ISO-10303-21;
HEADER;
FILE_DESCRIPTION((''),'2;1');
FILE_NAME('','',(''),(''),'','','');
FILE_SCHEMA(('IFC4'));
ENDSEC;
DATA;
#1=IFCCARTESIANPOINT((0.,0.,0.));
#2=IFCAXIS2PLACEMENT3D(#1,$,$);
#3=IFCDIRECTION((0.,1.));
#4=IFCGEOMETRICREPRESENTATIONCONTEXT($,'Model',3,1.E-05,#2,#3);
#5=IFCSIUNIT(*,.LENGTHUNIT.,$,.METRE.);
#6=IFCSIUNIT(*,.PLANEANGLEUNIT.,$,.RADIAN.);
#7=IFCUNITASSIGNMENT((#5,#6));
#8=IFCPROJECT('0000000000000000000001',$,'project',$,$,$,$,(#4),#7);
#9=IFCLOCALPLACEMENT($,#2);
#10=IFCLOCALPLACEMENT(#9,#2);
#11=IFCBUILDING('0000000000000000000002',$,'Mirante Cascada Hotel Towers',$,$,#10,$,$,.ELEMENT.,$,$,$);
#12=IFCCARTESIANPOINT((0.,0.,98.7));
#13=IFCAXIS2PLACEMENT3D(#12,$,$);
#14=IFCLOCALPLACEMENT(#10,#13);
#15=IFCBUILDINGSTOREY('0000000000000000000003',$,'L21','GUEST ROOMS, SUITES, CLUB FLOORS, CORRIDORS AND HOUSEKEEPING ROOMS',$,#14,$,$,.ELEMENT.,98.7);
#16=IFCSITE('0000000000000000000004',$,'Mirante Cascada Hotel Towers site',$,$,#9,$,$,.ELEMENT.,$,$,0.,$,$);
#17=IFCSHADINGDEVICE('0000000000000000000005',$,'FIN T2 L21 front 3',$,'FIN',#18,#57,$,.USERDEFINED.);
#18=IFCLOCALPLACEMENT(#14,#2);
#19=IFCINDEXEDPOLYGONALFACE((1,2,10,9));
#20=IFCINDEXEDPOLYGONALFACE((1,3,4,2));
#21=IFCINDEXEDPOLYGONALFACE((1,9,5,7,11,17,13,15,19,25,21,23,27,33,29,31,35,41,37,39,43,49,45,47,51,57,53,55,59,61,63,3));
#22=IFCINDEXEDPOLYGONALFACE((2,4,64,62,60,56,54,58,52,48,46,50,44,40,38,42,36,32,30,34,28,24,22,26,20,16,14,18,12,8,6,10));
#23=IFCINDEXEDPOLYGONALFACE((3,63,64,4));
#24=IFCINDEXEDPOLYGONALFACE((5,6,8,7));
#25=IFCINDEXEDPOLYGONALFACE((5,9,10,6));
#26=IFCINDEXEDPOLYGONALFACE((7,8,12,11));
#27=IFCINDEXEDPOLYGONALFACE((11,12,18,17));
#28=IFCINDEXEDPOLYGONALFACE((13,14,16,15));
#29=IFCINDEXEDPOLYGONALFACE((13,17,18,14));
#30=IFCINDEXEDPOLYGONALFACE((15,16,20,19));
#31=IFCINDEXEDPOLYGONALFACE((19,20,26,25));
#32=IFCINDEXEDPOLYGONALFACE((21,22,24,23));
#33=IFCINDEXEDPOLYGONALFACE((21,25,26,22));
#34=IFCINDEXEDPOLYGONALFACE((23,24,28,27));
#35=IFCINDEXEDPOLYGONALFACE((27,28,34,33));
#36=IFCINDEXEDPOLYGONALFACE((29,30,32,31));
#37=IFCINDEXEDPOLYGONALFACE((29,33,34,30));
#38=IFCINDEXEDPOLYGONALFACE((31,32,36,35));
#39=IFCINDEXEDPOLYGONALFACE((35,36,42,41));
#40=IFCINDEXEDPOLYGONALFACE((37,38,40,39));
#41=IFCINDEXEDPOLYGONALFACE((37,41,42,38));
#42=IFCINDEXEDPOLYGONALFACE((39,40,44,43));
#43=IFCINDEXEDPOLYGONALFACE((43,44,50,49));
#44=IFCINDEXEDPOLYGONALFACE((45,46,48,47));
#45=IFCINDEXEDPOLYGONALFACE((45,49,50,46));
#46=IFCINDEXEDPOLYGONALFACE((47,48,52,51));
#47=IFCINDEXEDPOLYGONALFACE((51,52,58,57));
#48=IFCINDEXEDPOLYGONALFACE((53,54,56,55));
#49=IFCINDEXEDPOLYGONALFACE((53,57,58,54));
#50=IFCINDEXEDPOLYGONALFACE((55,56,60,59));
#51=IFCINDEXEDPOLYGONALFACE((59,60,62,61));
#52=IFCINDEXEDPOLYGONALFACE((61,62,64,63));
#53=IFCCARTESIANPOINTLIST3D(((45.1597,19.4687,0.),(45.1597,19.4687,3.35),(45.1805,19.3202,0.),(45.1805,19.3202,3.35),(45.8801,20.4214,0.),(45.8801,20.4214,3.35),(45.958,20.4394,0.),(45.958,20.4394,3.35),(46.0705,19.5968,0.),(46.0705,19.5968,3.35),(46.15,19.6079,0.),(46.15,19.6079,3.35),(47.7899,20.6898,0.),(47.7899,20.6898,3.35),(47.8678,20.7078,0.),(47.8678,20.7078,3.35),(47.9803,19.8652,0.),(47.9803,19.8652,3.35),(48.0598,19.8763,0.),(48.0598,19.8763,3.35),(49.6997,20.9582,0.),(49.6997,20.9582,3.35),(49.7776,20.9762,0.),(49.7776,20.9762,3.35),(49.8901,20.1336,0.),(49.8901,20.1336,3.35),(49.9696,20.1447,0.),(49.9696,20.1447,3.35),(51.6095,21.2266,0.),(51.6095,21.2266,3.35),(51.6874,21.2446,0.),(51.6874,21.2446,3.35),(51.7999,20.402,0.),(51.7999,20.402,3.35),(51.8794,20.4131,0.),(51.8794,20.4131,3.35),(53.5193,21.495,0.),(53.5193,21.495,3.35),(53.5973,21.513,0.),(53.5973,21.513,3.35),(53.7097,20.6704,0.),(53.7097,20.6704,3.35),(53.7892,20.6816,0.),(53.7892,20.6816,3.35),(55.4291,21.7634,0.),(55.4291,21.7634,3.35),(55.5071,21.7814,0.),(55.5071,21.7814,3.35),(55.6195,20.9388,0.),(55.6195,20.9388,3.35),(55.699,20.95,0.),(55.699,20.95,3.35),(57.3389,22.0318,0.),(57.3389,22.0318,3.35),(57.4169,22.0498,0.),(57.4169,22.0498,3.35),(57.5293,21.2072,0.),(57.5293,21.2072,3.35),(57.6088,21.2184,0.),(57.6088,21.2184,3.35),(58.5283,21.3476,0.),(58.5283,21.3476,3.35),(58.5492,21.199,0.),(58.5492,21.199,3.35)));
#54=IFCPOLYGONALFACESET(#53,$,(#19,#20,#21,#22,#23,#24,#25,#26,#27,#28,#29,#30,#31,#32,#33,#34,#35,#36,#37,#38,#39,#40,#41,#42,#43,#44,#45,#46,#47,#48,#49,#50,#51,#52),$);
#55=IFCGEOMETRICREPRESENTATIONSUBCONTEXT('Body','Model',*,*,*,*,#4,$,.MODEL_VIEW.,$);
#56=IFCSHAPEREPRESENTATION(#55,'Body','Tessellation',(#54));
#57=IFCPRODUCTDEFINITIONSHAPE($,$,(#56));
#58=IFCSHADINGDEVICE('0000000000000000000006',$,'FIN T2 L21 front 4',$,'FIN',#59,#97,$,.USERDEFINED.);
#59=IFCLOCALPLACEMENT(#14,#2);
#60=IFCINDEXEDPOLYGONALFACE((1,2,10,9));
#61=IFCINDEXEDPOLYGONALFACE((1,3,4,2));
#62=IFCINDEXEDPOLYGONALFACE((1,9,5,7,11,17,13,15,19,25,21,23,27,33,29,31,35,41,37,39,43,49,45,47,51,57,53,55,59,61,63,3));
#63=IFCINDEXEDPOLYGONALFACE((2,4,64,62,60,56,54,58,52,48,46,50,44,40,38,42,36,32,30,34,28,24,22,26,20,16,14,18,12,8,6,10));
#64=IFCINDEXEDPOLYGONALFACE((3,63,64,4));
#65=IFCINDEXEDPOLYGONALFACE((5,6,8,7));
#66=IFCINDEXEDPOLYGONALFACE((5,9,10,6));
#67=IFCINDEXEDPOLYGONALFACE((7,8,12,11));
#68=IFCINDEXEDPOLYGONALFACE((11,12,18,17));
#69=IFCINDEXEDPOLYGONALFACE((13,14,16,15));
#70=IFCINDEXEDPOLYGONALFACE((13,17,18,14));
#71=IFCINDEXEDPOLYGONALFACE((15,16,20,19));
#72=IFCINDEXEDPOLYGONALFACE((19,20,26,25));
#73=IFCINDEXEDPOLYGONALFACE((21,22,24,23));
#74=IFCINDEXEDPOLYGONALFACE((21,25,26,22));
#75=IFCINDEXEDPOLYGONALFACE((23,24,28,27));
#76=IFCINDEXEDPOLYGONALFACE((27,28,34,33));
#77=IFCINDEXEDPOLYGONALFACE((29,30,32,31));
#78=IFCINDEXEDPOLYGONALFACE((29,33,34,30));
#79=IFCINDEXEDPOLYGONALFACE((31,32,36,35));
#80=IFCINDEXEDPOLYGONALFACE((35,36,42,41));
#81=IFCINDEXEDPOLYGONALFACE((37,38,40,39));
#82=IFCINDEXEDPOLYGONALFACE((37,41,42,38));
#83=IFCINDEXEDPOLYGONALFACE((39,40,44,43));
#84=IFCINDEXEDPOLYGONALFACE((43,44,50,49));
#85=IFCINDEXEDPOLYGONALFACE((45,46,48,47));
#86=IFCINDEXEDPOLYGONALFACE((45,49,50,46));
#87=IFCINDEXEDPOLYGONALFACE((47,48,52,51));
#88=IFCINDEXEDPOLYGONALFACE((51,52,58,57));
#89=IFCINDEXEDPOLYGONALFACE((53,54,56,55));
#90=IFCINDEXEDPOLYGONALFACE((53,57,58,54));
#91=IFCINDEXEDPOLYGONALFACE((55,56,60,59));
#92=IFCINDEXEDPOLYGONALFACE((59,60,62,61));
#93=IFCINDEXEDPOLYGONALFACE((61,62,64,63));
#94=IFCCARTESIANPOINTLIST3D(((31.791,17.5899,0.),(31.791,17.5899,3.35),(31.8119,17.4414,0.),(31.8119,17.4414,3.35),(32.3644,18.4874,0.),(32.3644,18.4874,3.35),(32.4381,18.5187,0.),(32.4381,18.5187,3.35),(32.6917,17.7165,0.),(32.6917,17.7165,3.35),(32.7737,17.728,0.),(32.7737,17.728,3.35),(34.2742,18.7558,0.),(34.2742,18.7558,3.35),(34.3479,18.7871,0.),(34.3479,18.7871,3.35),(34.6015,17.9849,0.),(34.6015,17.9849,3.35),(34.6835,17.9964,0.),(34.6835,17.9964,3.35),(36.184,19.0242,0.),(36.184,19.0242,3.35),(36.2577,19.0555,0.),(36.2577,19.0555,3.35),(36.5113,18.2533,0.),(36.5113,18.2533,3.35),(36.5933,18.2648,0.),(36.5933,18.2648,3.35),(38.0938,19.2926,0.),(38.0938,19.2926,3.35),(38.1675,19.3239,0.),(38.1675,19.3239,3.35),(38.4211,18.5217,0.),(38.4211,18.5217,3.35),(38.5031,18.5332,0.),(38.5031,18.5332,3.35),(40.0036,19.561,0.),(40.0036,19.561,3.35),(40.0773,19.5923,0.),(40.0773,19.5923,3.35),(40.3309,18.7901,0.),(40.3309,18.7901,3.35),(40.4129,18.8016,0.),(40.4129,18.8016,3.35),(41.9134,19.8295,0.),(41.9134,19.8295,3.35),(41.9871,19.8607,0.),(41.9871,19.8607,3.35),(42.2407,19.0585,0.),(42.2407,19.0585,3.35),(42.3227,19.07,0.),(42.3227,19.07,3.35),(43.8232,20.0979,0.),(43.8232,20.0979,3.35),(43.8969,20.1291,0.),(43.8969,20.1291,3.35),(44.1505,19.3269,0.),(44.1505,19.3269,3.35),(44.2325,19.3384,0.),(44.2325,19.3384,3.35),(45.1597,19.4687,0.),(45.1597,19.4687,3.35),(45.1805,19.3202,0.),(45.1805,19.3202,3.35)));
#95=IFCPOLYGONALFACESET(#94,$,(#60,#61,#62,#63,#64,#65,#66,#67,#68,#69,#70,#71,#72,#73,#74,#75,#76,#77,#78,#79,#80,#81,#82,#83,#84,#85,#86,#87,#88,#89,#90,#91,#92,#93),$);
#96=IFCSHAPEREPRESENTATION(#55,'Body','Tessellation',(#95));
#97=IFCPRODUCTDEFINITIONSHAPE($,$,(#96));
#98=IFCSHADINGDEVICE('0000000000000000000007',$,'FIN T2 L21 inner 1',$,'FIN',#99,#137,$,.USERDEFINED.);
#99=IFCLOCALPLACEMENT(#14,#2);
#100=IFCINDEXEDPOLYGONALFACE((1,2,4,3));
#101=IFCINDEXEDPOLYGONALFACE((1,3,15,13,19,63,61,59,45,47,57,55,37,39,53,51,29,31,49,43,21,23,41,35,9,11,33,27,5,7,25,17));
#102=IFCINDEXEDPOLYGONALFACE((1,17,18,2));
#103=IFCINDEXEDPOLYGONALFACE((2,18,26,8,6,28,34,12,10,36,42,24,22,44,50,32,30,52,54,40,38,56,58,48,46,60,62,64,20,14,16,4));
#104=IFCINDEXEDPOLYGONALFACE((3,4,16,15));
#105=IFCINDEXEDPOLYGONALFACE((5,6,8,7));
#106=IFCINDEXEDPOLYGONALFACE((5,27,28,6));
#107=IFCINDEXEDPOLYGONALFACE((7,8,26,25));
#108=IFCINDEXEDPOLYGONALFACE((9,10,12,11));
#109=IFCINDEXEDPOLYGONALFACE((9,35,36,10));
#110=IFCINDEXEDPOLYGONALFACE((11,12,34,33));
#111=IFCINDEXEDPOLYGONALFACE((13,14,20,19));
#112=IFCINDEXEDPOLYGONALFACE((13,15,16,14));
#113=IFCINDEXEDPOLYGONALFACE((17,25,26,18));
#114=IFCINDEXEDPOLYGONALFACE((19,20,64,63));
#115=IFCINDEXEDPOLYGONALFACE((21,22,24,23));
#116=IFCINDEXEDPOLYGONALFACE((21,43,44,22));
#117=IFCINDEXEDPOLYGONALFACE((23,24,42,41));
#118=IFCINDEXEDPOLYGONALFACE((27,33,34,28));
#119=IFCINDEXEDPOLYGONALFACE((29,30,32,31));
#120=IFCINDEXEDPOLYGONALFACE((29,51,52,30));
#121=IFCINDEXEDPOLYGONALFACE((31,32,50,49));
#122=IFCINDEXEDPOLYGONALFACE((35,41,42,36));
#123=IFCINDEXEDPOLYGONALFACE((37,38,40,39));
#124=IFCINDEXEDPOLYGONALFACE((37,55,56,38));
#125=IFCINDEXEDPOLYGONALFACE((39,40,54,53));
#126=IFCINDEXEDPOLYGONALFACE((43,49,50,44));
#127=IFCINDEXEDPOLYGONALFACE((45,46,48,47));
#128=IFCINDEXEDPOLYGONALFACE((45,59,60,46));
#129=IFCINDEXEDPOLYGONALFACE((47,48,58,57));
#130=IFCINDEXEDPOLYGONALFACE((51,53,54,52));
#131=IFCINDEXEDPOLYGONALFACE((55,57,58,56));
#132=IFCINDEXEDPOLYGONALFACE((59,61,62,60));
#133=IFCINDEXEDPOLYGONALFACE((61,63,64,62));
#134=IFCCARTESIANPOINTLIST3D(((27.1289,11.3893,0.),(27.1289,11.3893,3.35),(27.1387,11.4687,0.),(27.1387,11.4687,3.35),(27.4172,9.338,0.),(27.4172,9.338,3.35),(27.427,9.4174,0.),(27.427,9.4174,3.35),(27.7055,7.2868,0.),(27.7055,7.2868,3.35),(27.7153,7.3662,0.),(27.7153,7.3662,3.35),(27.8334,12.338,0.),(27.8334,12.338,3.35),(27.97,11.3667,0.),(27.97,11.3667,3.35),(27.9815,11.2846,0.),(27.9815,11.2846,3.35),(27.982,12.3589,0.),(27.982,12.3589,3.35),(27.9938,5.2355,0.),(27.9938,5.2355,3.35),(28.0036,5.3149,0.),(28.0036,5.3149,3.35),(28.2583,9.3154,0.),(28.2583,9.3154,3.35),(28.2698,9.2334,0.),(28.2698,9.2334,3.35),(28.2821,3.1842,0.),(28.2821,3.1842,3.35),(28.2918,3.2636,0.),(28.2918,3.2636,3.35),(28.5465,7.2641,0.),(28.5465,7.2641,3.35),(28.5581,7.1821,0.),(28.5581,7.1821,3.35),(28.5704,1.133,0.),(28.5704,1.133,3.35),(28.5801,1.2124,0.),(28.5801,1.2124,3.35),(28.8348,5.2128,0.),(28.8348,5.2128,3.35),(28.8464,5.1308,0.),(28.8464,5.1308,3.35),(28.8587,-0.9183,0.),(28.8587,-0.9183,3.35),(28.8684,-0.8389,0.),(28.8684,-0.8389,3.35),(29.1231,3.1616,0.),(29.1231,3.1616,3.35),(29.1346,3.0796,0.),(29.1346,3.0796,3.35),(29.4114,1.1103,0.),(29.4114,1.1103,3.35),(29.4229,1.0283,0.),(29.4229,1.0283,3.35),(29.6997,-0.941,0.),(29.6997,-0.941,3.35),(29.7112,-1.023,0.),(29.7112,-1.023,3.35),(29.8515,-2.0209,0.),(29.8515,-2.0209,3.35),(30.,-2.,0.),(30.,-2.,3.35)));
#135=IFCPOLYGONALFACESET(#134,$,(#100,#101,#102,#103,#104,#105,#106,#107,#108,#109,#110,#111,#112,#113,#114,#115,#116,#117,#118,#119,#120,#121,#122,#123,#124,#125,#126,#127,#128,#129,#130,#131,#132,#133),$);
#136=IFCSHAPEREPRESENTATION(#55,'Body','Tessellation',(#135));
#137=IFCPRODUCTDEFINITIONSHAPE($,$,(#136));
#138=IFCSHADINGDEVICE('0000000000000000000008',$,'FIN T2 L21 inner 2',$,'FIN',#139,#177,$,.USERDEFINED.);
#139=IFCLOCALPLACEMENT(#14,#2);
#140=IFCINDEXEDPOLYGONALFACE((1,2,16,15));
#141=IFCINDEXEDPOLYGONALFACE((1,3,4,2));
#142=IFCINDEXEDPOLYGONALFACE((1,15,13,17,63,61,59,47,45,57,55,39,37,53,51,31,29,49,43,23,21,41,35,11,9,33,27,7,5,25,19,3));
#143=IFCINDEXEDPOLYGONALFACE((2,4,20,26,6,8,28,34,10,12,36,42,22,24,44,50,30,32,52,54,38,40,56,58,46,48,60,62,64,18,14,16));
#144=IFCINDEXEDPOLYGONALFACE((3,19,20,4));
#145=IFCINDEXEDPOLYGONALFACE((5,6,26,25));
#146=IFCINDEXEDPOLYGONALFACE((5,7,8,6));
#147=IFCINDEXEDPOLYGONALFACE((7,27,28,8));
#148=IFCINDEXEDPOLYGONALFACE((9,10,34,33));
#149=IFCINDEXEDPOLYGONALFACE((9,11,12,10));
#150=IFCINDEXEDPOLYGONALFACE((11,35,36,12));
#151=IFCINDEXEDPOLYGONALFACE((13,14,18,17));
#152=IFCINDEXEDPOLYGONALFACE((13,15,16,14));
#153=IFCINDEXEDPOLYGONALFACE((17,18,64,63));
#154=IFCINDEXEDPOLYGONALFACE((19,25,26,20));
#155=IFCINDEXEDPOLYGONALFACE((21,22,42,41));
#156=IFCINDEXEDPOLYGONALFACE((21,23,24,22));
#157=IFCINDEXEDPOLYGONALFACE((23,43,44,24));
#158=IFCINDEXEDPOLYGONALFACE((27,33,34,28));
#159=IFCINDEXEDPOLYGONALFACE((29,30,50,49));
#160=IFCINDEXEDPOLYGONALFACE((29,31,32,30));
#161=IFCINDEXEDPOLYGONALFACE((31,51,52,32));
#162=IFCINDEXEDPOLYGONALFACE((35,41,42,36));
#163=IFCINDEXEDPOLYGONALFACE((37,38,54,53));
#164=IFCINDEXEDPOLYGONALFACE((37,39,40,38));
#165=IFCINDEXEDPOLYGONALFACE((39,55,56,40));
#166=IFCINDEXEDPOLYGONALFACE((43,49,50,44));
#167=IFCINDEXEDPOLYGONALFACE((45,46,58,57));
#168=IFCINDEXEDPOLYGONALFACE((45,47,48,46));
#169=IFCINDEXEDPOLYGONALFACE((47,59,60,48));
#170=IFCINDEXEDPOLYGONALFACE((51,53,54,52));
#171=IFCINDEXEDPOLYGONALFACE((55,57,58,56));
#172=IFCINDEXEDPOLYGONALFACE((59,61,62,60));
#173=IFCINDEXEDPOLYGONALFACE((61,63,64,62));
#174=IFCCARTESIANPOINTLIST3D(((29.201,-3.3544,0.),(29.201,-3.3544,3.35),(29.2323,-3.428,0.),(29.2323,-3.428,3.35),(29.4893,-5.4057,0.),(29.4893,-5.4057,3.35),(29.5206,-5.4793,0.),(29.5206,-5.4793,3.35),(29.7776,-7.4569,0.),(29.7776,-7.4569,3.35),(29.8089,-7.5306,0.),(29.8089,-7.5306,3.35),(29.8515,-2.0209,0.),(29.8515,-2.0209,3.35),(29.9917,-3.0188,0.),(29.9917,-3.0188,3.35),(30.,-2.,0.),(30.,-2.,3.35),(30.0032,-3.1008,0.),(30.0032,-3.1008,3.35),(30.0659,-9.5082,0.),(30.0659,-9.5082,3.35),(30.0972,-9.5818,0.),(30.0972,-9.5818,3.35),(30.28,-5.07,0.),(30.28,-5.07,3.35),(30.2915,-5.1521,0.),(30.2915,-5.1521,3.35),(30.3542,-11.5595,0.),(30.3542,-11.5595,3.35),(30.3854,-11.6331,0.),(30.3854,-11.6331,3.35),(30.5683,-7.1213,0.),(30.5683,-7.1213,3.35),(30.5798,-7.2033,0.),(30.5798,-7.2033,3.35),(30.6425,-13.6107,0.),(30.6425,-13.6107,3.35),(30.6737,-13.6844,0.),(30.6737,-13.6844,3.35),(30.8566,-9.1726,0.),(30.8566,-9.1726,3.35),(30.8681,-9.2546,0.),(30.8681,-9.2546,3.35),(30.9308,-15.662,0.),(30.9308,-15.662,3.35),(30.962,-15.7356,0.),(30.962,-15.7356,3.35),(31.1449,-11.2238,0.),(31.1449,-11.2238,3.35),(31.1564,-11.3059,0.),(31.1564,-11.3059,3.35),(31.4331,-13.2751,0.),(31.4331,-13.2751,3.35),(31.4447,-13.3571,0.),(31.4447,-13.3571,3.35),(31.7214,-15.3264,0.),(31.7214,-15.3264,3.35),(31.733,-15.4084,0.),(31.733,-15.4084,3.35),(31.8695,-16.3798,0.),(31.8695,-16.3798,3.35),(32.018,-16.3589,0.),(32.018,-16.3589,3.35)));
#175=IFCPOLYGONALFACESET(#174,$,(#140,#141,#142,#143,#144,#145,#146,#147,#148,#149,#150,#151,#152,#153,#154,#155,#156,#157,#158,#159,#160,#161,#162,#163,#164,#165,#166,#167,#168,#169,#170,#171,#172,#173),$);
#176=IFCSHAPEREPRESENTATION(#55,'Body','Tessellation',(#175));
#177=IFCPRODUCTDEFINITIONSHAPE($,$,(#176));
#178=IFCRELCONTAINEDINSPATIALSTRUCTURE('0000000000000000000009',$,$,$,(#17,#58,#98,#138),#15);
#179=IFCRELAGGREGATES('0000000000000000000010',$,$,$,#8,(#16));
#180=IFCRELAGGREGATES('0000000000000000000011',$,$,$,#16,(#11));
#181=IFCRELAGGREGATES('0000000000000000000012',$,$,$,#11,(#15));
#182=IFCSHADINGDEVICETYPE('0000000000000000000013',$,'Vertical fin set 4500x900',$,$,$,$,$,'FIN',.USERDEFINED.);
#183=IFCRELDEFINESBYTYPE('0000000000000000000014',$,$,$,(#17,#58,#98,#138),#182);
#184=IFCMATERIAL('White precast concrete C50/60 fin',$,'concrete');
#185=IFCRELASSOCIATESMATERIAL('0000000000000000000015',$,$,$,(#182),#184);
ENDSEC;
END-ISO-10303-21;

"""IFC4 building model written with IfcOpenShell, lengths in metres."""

from ifc_helpers import new_model, si_unit, direction, frame, origin, place, context, subcontext, project, spatial, polyline, outline, extrude, material, type_object, element, save


model = new_model("IFC4")

# Units and contexts
model_context = context("Model", 3, precision=1e-05, world=origin(), true_north=direction((0.0, 1.0)))
body_context = subcontext(model_context, "Body", "Model", "MODEL_VIEW")
ifc_project = project(units=[si_unit("LENGTHUNIT", "METRE"), si_unit("PLANEANGLEUNIT", "RADIAN")], contexts=[model_context])

# Site, building, storey
site_placement = place(None, origin())
site = spatial("IfcSite", under=ifc_project, at=site_placement, Name="Mirante Cascada Hotel Towers site", CompositionType="ELEMENT", RefElevation=0.0)
building_placement = place(site_placement, origin())
building = spatial("IfcBuilding", under=site, at=building_placement, Name="Mirante Cascada Hotel Towers", CompositionType="ELEMENT")
storey_placement = place(building_placement, frame((0.0, 0.0, 98.7)))
storey = spatial("IfcBuildingStorey", under=building, at=storey_placement, Name="L21", Description="GUEST ROOMS, SUITES, CLUB FLOORS, CORRIDORS AND HOUSEKEEPING ROOMS", CompositionType="ELEMENT", Elevation=98.7)

# Shading devices
ifc_material_1 = material(Name="White precast concrete C50/60 fin", Category="concrete")
shading_device_type = type_object("IfcShadingDeviceType", Name="Vertical fin set 4500x900", ElementType="FIN", PredefinedType="USERDEFINED", material=ifc_material_1)
shading_device_1_placement = place(storey_placement, origin())
element("IfcShadingDevice", 1, at=shading_device_1_placement, inside=storey, type_object=shading_device_type, Name="FIN T2 L21 front 3", ObjectType="FIN", PredefinedType="USERDEFINED", context=body_context, shape_type="SweptSolid", body=[
    extrude(outline(polyline([(45.958, 20.4394), (46.15, 19.6079), (47.9803, 19.8652), (47.7899, 20.6898), (47.8678, 20.7078), (48.0598, 19.8763), (49.8901, 20.1336), (49.6997, 20.9582), (49.7776, 20.9762), (49.9696, 20.1447), (51.7999, 20.402), (51.6095, 21.2266), (51.6874, 21.2446), (51.8794, 20.4131), (53.7097, 20.6704), (53.5193, 21.495), (53.5973, 21.513), (53.7892, 20.6816), (55.6195, 20.9388), (55.4291, 21.7634), (55.5071, 21.7814), (55.699, 20.95), (57.5293, 21.2072), (57.3389, 22.0318), (57.4169, 22.0498), (57.6088, 21.2184), (58.5283, 21.3476), (58.5492, 21.199), (45.1805, 19.3202), (45.1597, 19.4687), (46.0705, 19.5968), (45.8801, 20.4214), (45.958, 20.4394)])), origin(), (0.0, 0.0, 1.0), 3.35),
])
shading_device_2_placement = place(storey_placement, origin())
element("IfcShadingDevice", 2, at=shading_device_2_placement, inside=storey, type_object=shading_device_type, Name="FIN T2 L21 front 4", ObjectType="FIN", PredefinedType="USERDEFINED", context=body_context, shape_type="SweptSolid", body=[
    extrude(outline(polyline([(32.4381, 18.5187), (32.7737, 17.728), (34.6015, 17.9849), (34.2742, 18.7558), (34.3479, 18.7871), (34.6835, 17.9964), (36.5113, 18.2533), (36.184, 19.0242), (36.2577, 19.0555), (36.5933, 18.2648), (38.4211, 18.5217), (38.0938, 19.2926), (38.1675, 19.3239), (38.5031, 18.5332), (40.3309, 18.7901), (40.0036, 19.561), (40.0773, 19.5923), (40.4129, 18.8016), (42.2407, 19.0585), (41.9134, 19.8295), (41.9871, 19.8607), (42.3227, 19.07), (44.1505, 19.3269), (43.8232, 20.0979), (43.8969, 20.1291), (44.2325, 19.3384), (45.1597, 19.4687), (45.1805, 19.3202), (31.8119, 17.4414), (31.791, 17.5899), (32.6917, 17.7165), (32.3644, 18.4874), (32.4381, 18.5187)])), origin(), (0.0, 0.0, 1.0), 3.35),
])
shading_device_3_placement = place(storey_placement, origin())
element("IfcShadingDevice", 3, at=shading_device_3_placement, inside=storey, type_object=shading_device_type, Name="FIN T2 L21 inner 1", ObjectType="FIN", PredefinedType="USERDEFINED", context=body_context, shape_type="SweptSolid", body=[
    extrude(outline(polyline([(28.8684, -0.8389), (29.6997, -0.941), (29.4229, 1.0283), (28.5704, 1.133), (28.5801, 1.2124), (29.4114, 1.1103), (29.1346, 3.0796), (28.2821, 3.1842), (28.2918, 3.2636), (29.1231, 3.1616), (28.8464, 5.1308), (27.9938, 5.2355), (28.0036, 5.3149), (28.8348, 5.2128), (28.5581, 7.1821), (27.7055, 7.2868), (27.7153, 7.3662), (28.5465, 7.2641), (28.2698, 9.2334), (27.4172, 9.338), (27.427, 9.4174), (28.2583, 9.3154), (27.9815, 11.2846), (27.1289, 11.3893), (27.1387, 11.4687), (27.97, 11.3667), (27.8334, 12.338), (27.982, 12.3589), (30.0, -2.0), (29.8515, -2.0209), (29.7112, -1.023), (28.8587, -0.9183), (28.8684, -0.8389)])), origin(), (0.0, 0.0, 1.0), 3.35),
])
shading_device_4_placement = place(storey_placement, origin())
element("IfcShadingDevice", 4, at=shading_device_4_placement, inside=storey, type_object=shading_device_type, Name="FIN T2 L21 inner 2", ObjectType="FIN", PredefinedType="USERDEFINED", context=body_context, shape_type="SweptSolid", body=[
    extrude(outline(polyline([(30.9308, -15.662), (31.7214, -15.3264), (31.4447, -13.3571), (30.6737, -13.6844), (30.6425, -13.6107), (31.4331, -13.2751), (31.1564, -11.3059), (30.3854, -11.6331), (30.3542, -11.5595), (31.1449, -11.2238), (30.8681, -9.2546), (30.0972, -9.5818), (30.0659, -9.5082), (30.8566, -9.1726), (30.5798, -7.2033), (29.8089, -7.5306), (29.7776, -7.4569), (30.5683, -7.1213), (30.2915, -5.1521), (29.5206, -5.4793), (29.4893, -5.4057), (30.28, -5.07), (30.0032, -3.1008), (29.2323, -3.428), (29.201, -3.3544), (29.9917, -3.0188), (29.8515, -2.0209), (30.0, -2.0), (32.018, -16.3589), (31.8695, -16.3798), (31.733, -15.4084), (30.962, -15.7356), (30.9308, -15.662)])), origin(), (0.0, 0.0, 1.0), 3.35),
])

save(model, "model.ifc")
